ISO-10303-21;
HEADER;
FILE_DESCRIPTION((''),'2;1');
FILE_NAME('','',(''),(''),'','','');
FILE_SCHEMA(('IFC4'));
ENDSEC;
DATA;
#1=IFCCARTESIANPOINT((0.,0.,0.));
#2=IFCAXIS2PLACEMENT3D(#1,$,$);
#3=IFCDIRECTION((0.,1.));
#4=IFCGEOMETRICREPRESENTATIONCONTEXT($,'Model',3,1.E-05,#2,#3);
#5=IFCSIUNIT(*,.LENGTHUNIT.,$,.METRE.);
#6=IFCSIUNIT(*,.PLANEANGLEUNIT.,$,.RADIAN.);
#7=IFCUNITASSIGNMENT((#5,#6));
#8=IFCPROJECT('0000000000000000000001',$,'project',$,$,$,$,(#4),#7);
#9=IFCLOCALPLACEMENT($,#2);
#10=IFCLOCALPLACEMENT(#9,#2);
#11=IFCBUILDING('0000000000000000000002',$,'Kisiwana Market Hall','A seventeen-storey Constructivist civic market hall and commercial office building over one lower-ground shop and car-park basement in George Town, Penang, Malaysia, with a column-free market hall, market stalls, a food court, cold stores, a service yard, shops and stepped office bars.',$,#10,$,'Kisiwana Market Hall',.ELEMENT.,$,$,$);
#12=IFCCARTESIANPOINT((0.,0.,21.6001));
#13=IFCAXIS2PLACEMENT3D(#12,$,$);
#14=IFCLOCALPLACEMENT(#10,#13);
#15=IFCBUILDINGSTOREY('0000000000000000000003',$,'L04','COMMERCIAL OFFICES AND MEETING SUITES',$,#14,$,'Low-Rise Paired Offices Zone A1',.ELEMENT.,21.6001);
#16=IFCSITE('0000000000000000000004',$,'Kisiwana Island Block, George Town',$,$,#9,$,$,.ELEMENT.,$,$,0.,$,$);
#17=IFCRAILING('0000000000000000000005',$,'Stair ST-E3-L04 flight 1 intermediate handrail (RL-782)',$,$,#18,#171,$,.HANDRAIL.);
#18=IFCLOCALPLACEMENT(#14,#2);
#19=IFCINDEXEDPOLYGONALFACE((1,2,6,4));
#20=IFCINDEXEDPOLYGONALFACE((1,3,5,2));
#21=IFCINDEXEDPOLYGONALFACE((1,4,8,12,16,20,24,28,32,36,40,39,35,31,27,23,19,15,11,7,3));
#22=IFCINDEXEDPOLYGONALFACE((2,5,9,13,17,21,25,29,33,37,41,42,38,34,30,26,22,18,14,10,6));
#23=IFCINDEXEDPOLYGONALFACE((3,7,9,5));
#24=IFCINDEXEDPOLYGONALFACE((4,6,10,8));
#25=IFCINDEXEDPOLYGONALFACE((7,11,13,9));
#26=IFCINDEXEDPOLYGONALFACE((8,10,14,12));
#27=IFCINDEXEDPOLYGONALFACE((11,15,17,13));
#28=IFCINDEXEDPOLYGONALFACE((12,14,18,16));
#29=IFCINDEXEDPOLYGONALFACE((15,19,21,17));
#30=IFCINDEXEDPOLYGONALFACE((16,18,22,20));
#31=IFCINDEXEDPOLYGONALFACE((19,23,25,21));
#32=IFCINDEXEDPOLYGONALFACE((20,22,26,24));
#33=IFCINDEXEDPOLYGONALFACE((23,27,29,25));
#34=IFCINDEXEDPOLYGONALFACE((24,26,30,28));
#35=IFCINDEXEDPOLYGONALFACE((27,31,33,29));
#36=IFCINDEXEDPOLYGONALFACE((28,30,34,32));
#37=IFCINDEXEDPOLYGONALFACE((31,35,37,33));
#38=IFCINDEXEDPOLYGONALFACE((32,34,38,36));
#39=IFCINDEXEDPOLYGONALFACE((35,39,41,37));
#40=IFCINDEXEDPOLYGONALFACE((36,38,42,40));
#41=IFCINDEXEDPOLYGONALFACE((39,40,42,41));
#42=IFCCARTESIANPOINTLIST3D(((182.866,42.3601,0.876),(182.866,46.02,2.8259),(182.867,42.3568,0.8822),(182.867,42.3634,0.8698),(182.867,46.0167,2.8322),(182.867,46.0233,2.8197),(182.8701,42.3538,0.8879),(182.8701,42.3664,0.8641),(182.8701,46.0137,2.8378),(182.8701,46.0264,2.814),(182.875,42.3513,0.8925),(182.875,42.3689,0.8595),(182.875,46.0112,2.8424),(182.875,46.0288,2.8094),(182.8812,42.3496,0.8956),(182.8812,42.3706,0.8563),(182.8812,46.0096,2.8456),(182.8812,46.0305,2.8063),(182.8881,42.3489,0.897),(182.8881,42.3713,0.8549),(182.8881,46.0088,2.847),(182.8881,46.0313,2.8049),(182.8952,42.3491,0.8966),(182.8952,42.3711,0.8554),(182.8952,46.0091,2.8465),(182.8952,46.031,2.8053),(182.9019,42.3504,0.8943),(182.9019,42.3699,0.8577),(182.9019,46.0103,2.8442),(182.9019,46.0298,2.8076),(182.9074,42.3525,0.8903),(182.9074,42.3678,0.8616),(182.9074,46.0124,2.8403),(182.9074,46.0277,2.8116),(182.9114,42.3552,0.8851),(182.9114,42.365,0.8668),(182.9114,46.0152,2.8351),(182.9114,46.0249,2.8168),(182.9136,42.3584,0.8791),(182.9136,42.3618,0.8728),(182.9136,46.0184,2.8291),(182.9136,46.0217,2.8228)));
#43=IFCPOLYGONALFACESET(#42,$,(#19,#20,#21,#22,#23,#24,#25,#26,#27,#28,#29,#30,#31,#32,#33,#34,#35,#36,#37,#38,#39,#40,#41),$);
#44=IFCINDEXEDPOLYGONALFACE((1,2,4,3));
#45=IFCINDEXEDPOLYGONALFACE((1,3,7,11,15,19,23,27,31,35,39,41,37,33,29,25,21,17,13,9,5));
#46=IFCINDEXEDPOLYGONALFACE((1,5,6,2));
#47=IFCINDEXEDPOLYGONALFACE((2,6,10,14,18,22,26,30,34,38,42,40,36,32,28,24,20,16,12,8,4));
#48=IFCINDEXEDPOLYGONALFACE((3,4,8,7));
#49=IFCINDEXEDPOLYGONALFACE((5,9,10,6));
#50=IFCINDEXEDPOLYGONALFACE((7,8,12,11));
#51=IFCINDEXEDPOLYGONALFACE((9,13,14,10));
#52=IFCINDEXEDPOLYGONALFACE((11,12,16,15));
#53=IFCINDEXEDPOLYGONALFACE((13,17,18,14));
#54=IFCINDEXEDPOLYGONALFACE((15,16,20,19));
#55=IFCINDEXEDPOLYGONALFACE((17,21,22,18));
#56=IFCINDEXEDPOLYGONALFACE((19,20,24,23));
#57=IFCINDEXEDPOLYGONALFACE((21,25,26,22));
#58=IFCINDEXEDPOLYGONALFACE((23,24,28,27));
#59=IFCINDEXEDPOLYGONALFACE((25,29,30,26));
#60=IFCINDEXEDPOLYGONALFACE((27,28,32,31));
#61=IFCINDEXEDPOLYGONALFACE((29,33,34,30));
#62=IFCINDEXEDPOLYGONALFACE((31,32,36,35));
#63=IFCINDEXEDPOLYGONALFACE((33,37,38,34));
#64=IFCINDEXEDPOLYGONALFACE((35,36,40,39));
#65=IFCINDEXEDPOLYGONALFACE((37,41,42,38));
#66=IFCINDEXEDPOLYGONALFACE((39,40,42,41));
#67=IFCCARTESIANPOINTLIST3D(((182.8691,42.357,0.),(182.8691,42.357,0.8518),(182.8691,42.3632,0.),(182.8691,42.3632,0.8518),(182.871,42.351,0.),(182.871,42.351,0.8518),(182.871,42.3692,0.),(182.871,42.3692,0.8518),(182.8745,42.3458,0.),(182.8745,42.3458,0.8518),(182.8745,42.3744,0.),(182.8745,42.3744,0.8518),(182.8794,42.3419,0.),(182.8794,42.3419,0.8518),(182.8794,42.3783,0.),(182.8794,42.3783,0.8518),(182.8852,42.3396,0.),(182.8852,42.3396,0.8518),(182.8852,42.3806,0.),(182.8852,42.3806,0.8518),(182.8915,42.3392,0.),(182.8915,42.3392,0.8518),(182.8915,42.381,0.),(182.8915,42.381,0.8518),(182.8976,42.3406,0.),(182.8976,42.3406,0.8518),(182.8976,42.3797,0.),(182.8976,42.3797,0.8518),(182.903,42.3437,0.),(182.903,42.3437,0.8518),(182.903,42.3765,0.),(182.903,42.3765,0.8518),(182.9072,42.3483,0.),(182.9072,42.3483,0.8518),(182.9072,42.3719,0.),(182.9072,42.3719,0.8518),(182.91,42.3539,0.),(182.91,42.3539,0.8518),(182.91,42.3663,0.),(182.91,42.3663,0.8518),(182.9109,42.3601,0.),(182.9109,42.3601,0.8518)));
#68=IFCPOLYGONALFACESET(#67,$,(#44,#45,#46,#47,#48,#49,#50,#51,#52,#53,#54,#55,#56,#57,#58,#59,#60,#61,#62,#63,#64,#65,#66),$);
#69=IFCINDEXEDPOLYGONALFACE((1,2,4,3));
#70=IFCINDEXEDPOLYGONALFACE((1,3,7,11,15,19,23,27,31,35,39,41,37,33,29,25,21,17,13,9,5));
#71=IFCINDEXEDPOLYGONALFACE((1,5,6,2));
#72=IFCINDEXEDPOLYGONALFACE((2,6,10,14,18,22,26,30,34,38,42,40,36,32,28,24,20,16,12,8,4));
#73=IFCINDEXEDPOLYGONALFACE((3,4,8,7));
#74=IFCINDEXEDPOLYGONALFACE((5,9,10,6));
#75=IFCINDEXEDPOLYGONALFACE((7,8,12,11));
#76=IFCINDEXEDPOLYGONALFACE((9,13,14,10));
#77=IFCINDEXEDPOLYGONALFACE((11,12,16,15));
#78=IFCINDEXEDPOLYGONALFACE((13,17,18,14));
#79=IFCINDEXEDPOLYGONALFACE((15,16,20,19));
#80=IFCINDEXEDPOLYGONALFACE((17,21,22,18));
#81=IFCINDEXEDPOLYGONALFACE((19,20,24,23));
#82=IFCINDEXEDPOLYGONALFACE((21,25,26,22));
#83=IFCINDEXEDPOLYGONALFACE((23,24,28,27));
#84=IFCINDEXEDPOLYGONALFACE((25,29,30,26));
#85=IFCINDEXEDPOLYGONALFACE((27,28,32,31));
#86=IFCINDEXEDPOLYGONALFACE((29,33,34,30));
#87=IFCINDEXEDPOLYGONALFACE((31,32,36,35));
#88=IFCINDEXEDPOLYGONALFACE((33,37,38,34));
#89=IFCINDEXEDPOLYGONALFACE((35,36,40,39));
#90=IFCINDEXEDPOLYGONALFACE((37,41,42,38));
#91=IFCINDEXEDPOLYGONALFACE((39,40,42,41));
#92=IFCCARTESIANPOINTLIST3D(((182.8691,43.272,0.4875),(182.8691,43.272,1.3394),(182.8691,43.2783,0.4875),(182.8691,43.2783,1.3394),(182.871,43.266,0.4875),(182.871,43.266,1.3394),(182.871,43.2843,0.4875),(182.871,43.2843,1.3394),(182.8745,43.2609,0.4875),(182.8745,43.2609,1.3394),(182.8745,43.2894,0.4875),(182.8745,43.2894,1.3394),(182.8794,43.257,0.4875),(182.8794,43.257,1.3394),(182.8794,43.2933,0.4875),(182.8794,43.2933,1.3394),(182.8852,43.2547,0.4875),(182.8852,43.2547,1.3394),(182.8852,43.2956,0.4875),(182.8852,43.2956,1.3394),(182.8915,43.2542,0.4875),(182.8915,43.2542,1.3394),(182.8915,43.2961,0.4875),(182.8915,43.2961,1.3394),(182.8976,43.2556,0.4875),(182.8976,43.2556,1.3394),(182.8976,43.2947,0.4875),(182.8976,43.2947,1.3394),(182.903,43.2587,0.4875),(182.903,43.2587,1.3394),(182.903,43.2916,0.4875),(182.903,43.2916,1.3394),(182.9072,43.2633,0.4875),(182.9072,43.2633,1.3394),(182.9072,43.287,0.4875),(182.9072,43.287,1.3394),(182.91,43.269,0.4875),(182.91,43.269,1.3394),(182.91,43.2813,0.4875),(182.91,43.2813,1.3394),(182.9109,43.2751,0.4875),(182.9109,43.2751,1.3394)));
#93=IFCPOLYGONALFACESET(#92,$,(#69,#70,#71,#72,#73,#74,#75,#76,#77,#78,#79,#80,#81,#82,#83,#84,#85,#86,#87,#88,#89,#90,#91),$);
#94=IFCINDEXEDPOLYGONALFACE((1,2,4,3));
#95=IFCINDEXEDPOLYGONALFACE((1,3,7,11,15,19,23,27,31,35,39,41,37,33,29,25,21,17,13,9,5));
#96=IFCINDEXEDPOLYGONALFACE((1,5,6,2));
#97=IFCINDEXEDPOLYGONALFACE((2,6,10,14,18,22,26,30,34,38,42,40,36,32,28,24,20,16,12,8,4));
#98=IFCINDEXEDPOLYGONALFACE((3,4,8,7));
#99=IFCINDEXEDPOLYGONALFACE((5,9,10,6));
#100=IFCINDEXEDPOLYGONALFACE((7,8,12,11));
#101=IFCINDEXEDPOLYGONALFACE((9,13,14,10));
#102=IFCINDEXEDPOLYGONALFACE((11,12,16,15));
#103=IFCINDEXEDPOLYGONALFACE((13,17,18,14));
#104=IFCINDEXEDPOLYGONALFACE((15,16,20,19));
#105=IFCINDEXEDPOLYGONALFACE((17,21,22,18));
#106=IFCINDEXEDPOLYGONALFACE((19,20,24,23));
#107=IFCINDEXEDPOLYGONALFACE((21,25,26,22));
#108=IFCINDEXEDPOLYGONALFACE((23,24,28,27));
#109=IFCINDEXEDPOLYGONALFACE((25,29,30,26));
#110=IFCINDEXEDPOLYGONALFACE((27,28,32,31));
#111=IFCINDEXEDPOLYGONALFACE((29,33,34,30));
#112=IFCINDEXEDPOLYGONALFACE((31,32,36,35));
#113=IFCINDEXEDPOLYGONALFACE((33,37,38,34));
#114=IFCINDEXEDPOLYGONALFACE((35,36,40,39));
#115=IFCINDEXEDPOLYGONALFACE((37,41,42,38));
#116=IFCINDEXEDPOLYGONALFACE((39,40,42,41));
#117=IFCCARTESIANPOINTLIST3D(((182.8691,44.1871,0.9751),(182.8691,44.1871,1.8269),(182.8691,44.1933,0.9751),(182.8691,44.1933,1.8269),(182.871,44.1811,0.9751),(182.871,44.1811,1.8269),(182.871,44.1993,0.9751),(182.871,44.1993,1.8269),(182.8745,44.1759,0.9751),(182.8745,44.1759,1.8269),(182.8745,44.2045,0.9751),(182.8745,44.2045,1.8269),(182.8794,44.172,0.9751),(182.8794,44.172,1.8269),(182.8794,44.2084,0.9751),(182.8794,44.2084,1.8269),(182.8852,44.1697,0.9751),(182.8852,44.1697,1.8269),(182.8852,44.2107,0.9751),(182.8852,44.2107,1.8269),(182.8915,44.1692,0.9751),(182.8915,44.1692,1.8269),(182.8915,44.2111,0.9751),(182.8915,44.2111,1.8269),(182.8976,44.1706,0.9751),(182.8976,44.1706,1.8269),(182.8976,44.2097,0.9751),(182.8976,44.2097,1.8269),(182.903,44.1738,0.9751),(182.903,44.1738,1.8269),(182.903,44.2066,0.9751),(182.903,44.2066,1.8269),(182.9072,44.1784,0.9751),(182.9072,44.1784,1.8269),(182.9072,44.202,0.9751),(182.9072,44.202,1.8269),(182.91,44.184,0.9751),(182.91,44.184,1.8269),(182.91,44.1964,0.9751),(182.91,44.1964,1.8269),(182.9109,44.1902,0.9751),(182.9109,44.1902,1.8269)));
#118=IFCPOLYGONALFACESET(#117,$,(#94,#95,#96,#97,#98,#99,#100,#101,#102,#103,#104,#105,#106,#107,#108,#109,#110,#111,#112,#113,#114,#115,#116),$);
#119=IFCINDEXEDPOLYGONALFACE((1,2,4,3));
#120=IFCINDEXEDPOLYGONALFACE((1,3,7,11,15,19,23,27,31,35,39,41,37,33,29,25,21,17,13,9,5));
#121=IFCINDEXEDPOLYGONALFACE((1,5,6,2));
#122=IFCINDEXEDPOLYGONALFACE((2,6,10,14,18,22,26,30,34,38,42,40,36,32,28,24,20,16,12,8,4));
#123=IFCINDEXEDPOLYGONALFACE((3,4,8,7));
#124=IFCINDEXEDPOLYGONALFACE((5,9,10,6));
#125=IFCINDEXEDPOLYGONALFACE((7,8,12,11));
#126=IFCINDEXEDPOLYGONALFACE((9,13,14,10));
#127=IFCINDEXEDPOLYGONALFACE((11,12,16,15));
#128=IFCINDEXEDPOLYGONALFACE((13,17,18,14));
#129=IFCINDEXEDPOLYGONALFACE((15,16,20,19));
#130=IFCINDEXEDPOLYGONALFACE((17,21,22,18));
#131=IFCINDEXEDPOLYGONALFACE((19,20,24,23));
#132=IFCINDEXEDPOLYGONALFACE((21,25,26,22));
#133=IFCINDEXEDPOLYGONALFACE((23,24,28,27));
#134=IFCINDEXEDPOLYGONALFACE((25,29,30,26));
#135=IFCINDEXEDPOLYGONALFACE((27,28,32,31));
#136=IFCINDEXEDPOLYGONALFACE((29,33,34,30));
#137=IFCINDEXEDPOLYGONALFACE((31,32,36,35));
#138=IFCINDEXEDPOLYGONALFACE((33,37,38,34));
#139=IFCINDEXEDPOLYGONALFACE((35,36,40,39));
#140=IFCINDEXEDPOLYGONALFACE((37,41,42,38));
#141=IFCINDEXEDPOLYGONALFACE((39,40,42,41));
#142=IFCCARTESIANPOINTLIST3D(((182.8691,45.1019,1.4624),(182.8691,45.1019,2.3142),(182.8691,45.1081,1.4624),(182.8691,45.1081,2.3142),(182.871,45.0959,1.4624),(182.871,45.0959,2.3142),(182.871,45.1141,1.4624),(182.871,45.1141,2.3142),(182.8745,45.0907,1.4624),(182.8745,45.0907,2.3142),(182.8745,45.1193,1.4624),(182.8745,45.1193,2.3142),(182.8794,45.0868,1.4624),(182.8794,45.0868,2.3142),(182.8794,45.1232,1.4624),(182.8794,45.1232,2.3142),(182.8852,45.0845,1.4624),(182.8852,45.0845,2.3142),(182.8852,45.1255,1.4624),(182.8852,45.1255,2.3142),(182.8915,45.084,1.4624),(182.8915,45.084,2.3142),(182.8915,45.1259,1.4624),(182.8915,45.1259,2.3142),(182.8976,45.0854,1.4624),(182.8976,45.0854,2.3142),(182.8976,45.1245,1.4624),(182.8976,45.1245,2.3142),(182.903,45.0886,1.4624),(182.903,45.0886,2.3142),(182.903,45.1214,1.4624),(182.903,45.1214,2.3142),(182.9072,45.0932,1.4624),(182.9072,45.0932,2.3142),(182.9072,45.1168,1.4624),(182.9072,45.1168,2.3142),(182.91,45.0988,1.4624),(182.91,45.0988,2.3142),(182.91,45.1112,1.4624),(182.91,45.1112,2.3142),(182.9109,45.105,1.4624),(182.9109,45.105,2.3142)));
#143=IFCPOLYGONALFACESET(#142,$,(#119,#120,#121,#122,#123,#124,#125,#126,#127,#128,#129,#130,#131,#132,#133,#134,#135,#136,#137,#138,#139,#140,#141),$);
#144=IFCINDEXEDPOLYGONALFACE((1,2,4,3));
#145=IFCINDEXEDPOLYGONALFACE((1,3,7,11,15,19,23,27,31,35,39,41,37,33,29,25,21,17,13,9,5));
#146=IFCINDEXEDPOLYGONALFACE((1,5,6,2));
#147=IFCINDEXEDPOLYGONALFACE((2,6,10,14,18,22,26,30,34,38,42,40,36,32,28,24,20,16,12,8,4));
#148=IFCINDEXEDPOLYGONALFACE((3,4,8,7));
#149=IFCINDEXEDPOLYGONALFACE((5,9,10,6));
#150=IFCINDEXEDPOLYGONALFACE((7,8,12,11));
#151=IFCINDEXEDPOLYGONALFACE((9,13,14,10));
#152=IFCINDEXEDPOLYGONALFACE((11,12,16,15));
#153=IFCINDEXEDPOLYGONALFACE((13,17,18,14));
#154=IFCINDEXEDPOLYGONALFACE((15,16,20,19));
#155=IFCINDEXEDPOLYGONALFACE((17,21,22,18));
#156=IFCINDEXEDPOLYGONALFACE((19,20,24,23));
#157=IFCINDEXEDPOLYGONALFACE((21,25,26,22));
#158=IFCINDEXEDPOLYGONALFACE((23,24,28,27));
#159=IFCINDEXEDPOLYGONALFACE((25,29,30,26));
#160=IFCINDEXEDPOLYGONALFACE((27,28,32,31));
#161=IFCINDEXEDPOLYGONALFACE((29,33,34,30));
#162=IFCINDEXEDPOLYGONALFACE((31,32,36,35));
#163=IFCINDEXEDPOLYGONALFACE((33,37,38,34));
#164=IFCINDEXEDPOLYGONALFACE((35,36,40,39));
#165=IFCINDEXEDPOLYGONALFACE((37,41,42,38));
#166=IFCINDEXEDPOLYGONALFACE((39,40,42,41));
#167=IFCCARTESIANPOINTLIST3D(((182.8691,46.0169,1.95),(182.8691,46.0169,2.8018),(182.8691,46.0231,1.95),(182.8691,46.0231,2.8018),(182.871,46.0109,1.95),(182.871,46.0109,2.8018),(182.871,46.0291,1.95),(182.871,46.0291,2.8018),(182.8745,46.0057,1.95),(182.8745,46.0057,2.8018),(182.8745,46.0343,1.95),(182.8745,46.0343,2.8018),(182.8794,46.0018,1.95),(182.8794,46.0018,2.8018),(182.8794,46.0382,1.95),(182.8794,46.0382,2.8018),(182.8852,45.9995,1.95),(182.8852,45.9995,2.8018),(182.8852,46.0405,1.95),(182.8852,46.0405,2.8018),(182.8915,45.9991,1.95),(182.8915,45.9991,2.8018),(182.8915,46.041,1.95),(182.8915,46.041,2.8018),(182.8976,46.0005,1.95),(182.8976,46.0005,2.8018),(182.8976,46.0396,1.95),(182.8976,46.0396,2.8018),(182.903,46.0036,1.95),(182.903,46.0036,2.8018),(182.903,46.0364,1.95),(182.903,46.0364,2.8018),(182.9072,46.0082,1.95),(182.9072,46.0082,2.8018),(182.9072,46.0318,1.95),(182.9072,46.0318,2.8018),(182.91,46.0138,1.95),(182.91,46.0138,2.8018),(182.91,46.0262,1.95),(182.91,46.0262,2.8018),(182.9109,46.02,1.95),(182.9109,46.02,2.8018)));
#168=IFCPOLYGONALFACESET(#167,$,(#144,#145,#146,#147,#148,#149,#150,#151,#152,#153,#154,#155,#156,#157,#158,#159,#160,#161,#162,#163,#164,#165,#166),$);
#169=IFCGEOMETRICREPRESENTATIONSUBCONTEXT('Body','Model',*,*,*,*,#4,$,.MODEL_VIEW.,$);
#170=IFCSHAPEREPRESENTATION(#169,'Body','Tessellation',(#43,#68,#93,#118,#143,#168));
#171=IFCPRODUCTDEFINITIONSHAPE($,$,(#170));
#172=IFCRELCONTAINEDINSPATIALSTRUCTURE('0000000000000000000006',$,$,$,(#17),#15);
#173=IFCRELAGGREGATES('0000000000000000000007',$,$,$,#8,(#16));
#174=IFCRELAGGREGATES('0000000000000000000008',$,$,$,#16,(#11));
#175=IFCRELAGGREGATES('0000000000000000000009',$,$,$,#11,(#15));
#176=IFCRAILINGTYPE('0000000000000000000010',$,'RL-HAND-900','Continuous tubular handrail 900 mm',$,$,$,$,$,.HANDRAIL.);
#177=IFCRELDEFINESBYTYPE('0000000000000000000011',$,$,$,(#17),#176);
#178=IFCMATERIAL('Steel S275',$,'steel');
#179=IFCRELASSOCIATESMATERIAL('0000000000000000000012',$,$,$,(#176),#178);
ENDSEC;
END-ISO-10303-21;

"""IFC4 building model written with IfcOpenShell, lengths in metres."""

from ifc_helpers import new_model, si_unit, direction, frame, origin, origin_2d, place, context, subcontext, project, spatial, circle, extrude, material, type_object, element, save


model = new_model("IFC4")

# Units and contexts
model_context = context("Model", 3, precision=1e-05, world=origin(), true_north=direction((0.0, 1.0)))
body_context = subcontext(model_context, "Body", "Model", "MODEL_VIEW")
ifc_project = project(units=[si_unit("LENGTHUNIT", "METRE"), si_unit("PLANEANGLEUNIT", "RADIAN")], contexts=[model_context])

# Site, building, storey
site_placement = place(None, origin())
site = spatial("IfcSite", under=ifc_project, at=site_placement, Name="Kisiwana Island Block, George Town", CompositionType="ELEMENT", RefElevation=0.0)
building_placement = place(site_placement, origin())
building = spatial("IfcBuilding", under=site, at=building_placement, Name="Kisiwana Market Hall", Description="A seventeen-storey Constructivist civic market hall and commercial office building over one lower-ground shop and car-park basement in George Town, Penang, Malaysia, with a column-free market hall, market stalls, a food court, cold stores, a service yard, shops and stepped office bars.", LongName="Kisiwana Market Hall", CompositionType="ELEMENT")
storey_placement = place(building_placement, frame((0.0, 0.0, 21.6001)))
storey = spatial("IfcBuildingStorey", under=building, at=storey_placement, Name="L04", Description="COMMERCIAL OFFICES AND MEETING SUITES", LongName="Low-Rise Paired Offices Zone A1", CompositionType="ELEMENT", Elevation=21.6001)

# Railing
ifc_material_1 = material(Name="Steel S275", Category="steel")
railing_type_1 = type_object("IfcRailingType", Name="RL-HAND-900", Description="Continuous tubular handrail 900 mm", PredefinedType="HANDRAIL", material=ifc_material_1)
railing_1_placement = place(storey_placement, frame((182.8899, 42.3601, 0.0)))
element("IfcRailing", 1, at=railing_1_placement, inside=storey, type_object=railing_type_1, Name="Stair ST-E3-L04 flight 1 intermediate handrail (RL-782)", PredefinedType="HANDRAIL", context=body_context, shape_type="SweptSolid", body=[
    extrude(circle(Radius=0.0239, at=origin_2d()), frame((0.0, 0.0, 0.876), z_axis=(0.0, 0.882553, 0.470212), x_axis=(-1.0, 0.0, 0.0)), (0.0, 0.0, 1.0), 4.147),
    extrude(circle(Radius=0.021, at=origin_2d()), origin(), (0.0, 0.0, 1.0), 0.8518),
    extrude(circle(Radius=0.021, at=origin_2d()), frame((0.0, 0.915, 0.4875)), (0.0, 0.0, 1.0), 0.8518),
    extrude(circle(Radius=0.021, at=origin_2d()), frame((0.0, 1.8301, 0.9751)), (0.0, 0.0, 1.0), 0.8518),
    extrude(circle(Radius=0.021, at=origin_2d()), frame((0.0, 2.7449, 1.4624)), (0.0, 0.0, 1.0), 0.8518),
    extrude(circle(Radius=0.021, at=origin_2d()), frame((0.0, 3.6599, 1.95)), (0.0, 0.0, 1.0), 0.8518),
])

save(model, "model.ifc")
